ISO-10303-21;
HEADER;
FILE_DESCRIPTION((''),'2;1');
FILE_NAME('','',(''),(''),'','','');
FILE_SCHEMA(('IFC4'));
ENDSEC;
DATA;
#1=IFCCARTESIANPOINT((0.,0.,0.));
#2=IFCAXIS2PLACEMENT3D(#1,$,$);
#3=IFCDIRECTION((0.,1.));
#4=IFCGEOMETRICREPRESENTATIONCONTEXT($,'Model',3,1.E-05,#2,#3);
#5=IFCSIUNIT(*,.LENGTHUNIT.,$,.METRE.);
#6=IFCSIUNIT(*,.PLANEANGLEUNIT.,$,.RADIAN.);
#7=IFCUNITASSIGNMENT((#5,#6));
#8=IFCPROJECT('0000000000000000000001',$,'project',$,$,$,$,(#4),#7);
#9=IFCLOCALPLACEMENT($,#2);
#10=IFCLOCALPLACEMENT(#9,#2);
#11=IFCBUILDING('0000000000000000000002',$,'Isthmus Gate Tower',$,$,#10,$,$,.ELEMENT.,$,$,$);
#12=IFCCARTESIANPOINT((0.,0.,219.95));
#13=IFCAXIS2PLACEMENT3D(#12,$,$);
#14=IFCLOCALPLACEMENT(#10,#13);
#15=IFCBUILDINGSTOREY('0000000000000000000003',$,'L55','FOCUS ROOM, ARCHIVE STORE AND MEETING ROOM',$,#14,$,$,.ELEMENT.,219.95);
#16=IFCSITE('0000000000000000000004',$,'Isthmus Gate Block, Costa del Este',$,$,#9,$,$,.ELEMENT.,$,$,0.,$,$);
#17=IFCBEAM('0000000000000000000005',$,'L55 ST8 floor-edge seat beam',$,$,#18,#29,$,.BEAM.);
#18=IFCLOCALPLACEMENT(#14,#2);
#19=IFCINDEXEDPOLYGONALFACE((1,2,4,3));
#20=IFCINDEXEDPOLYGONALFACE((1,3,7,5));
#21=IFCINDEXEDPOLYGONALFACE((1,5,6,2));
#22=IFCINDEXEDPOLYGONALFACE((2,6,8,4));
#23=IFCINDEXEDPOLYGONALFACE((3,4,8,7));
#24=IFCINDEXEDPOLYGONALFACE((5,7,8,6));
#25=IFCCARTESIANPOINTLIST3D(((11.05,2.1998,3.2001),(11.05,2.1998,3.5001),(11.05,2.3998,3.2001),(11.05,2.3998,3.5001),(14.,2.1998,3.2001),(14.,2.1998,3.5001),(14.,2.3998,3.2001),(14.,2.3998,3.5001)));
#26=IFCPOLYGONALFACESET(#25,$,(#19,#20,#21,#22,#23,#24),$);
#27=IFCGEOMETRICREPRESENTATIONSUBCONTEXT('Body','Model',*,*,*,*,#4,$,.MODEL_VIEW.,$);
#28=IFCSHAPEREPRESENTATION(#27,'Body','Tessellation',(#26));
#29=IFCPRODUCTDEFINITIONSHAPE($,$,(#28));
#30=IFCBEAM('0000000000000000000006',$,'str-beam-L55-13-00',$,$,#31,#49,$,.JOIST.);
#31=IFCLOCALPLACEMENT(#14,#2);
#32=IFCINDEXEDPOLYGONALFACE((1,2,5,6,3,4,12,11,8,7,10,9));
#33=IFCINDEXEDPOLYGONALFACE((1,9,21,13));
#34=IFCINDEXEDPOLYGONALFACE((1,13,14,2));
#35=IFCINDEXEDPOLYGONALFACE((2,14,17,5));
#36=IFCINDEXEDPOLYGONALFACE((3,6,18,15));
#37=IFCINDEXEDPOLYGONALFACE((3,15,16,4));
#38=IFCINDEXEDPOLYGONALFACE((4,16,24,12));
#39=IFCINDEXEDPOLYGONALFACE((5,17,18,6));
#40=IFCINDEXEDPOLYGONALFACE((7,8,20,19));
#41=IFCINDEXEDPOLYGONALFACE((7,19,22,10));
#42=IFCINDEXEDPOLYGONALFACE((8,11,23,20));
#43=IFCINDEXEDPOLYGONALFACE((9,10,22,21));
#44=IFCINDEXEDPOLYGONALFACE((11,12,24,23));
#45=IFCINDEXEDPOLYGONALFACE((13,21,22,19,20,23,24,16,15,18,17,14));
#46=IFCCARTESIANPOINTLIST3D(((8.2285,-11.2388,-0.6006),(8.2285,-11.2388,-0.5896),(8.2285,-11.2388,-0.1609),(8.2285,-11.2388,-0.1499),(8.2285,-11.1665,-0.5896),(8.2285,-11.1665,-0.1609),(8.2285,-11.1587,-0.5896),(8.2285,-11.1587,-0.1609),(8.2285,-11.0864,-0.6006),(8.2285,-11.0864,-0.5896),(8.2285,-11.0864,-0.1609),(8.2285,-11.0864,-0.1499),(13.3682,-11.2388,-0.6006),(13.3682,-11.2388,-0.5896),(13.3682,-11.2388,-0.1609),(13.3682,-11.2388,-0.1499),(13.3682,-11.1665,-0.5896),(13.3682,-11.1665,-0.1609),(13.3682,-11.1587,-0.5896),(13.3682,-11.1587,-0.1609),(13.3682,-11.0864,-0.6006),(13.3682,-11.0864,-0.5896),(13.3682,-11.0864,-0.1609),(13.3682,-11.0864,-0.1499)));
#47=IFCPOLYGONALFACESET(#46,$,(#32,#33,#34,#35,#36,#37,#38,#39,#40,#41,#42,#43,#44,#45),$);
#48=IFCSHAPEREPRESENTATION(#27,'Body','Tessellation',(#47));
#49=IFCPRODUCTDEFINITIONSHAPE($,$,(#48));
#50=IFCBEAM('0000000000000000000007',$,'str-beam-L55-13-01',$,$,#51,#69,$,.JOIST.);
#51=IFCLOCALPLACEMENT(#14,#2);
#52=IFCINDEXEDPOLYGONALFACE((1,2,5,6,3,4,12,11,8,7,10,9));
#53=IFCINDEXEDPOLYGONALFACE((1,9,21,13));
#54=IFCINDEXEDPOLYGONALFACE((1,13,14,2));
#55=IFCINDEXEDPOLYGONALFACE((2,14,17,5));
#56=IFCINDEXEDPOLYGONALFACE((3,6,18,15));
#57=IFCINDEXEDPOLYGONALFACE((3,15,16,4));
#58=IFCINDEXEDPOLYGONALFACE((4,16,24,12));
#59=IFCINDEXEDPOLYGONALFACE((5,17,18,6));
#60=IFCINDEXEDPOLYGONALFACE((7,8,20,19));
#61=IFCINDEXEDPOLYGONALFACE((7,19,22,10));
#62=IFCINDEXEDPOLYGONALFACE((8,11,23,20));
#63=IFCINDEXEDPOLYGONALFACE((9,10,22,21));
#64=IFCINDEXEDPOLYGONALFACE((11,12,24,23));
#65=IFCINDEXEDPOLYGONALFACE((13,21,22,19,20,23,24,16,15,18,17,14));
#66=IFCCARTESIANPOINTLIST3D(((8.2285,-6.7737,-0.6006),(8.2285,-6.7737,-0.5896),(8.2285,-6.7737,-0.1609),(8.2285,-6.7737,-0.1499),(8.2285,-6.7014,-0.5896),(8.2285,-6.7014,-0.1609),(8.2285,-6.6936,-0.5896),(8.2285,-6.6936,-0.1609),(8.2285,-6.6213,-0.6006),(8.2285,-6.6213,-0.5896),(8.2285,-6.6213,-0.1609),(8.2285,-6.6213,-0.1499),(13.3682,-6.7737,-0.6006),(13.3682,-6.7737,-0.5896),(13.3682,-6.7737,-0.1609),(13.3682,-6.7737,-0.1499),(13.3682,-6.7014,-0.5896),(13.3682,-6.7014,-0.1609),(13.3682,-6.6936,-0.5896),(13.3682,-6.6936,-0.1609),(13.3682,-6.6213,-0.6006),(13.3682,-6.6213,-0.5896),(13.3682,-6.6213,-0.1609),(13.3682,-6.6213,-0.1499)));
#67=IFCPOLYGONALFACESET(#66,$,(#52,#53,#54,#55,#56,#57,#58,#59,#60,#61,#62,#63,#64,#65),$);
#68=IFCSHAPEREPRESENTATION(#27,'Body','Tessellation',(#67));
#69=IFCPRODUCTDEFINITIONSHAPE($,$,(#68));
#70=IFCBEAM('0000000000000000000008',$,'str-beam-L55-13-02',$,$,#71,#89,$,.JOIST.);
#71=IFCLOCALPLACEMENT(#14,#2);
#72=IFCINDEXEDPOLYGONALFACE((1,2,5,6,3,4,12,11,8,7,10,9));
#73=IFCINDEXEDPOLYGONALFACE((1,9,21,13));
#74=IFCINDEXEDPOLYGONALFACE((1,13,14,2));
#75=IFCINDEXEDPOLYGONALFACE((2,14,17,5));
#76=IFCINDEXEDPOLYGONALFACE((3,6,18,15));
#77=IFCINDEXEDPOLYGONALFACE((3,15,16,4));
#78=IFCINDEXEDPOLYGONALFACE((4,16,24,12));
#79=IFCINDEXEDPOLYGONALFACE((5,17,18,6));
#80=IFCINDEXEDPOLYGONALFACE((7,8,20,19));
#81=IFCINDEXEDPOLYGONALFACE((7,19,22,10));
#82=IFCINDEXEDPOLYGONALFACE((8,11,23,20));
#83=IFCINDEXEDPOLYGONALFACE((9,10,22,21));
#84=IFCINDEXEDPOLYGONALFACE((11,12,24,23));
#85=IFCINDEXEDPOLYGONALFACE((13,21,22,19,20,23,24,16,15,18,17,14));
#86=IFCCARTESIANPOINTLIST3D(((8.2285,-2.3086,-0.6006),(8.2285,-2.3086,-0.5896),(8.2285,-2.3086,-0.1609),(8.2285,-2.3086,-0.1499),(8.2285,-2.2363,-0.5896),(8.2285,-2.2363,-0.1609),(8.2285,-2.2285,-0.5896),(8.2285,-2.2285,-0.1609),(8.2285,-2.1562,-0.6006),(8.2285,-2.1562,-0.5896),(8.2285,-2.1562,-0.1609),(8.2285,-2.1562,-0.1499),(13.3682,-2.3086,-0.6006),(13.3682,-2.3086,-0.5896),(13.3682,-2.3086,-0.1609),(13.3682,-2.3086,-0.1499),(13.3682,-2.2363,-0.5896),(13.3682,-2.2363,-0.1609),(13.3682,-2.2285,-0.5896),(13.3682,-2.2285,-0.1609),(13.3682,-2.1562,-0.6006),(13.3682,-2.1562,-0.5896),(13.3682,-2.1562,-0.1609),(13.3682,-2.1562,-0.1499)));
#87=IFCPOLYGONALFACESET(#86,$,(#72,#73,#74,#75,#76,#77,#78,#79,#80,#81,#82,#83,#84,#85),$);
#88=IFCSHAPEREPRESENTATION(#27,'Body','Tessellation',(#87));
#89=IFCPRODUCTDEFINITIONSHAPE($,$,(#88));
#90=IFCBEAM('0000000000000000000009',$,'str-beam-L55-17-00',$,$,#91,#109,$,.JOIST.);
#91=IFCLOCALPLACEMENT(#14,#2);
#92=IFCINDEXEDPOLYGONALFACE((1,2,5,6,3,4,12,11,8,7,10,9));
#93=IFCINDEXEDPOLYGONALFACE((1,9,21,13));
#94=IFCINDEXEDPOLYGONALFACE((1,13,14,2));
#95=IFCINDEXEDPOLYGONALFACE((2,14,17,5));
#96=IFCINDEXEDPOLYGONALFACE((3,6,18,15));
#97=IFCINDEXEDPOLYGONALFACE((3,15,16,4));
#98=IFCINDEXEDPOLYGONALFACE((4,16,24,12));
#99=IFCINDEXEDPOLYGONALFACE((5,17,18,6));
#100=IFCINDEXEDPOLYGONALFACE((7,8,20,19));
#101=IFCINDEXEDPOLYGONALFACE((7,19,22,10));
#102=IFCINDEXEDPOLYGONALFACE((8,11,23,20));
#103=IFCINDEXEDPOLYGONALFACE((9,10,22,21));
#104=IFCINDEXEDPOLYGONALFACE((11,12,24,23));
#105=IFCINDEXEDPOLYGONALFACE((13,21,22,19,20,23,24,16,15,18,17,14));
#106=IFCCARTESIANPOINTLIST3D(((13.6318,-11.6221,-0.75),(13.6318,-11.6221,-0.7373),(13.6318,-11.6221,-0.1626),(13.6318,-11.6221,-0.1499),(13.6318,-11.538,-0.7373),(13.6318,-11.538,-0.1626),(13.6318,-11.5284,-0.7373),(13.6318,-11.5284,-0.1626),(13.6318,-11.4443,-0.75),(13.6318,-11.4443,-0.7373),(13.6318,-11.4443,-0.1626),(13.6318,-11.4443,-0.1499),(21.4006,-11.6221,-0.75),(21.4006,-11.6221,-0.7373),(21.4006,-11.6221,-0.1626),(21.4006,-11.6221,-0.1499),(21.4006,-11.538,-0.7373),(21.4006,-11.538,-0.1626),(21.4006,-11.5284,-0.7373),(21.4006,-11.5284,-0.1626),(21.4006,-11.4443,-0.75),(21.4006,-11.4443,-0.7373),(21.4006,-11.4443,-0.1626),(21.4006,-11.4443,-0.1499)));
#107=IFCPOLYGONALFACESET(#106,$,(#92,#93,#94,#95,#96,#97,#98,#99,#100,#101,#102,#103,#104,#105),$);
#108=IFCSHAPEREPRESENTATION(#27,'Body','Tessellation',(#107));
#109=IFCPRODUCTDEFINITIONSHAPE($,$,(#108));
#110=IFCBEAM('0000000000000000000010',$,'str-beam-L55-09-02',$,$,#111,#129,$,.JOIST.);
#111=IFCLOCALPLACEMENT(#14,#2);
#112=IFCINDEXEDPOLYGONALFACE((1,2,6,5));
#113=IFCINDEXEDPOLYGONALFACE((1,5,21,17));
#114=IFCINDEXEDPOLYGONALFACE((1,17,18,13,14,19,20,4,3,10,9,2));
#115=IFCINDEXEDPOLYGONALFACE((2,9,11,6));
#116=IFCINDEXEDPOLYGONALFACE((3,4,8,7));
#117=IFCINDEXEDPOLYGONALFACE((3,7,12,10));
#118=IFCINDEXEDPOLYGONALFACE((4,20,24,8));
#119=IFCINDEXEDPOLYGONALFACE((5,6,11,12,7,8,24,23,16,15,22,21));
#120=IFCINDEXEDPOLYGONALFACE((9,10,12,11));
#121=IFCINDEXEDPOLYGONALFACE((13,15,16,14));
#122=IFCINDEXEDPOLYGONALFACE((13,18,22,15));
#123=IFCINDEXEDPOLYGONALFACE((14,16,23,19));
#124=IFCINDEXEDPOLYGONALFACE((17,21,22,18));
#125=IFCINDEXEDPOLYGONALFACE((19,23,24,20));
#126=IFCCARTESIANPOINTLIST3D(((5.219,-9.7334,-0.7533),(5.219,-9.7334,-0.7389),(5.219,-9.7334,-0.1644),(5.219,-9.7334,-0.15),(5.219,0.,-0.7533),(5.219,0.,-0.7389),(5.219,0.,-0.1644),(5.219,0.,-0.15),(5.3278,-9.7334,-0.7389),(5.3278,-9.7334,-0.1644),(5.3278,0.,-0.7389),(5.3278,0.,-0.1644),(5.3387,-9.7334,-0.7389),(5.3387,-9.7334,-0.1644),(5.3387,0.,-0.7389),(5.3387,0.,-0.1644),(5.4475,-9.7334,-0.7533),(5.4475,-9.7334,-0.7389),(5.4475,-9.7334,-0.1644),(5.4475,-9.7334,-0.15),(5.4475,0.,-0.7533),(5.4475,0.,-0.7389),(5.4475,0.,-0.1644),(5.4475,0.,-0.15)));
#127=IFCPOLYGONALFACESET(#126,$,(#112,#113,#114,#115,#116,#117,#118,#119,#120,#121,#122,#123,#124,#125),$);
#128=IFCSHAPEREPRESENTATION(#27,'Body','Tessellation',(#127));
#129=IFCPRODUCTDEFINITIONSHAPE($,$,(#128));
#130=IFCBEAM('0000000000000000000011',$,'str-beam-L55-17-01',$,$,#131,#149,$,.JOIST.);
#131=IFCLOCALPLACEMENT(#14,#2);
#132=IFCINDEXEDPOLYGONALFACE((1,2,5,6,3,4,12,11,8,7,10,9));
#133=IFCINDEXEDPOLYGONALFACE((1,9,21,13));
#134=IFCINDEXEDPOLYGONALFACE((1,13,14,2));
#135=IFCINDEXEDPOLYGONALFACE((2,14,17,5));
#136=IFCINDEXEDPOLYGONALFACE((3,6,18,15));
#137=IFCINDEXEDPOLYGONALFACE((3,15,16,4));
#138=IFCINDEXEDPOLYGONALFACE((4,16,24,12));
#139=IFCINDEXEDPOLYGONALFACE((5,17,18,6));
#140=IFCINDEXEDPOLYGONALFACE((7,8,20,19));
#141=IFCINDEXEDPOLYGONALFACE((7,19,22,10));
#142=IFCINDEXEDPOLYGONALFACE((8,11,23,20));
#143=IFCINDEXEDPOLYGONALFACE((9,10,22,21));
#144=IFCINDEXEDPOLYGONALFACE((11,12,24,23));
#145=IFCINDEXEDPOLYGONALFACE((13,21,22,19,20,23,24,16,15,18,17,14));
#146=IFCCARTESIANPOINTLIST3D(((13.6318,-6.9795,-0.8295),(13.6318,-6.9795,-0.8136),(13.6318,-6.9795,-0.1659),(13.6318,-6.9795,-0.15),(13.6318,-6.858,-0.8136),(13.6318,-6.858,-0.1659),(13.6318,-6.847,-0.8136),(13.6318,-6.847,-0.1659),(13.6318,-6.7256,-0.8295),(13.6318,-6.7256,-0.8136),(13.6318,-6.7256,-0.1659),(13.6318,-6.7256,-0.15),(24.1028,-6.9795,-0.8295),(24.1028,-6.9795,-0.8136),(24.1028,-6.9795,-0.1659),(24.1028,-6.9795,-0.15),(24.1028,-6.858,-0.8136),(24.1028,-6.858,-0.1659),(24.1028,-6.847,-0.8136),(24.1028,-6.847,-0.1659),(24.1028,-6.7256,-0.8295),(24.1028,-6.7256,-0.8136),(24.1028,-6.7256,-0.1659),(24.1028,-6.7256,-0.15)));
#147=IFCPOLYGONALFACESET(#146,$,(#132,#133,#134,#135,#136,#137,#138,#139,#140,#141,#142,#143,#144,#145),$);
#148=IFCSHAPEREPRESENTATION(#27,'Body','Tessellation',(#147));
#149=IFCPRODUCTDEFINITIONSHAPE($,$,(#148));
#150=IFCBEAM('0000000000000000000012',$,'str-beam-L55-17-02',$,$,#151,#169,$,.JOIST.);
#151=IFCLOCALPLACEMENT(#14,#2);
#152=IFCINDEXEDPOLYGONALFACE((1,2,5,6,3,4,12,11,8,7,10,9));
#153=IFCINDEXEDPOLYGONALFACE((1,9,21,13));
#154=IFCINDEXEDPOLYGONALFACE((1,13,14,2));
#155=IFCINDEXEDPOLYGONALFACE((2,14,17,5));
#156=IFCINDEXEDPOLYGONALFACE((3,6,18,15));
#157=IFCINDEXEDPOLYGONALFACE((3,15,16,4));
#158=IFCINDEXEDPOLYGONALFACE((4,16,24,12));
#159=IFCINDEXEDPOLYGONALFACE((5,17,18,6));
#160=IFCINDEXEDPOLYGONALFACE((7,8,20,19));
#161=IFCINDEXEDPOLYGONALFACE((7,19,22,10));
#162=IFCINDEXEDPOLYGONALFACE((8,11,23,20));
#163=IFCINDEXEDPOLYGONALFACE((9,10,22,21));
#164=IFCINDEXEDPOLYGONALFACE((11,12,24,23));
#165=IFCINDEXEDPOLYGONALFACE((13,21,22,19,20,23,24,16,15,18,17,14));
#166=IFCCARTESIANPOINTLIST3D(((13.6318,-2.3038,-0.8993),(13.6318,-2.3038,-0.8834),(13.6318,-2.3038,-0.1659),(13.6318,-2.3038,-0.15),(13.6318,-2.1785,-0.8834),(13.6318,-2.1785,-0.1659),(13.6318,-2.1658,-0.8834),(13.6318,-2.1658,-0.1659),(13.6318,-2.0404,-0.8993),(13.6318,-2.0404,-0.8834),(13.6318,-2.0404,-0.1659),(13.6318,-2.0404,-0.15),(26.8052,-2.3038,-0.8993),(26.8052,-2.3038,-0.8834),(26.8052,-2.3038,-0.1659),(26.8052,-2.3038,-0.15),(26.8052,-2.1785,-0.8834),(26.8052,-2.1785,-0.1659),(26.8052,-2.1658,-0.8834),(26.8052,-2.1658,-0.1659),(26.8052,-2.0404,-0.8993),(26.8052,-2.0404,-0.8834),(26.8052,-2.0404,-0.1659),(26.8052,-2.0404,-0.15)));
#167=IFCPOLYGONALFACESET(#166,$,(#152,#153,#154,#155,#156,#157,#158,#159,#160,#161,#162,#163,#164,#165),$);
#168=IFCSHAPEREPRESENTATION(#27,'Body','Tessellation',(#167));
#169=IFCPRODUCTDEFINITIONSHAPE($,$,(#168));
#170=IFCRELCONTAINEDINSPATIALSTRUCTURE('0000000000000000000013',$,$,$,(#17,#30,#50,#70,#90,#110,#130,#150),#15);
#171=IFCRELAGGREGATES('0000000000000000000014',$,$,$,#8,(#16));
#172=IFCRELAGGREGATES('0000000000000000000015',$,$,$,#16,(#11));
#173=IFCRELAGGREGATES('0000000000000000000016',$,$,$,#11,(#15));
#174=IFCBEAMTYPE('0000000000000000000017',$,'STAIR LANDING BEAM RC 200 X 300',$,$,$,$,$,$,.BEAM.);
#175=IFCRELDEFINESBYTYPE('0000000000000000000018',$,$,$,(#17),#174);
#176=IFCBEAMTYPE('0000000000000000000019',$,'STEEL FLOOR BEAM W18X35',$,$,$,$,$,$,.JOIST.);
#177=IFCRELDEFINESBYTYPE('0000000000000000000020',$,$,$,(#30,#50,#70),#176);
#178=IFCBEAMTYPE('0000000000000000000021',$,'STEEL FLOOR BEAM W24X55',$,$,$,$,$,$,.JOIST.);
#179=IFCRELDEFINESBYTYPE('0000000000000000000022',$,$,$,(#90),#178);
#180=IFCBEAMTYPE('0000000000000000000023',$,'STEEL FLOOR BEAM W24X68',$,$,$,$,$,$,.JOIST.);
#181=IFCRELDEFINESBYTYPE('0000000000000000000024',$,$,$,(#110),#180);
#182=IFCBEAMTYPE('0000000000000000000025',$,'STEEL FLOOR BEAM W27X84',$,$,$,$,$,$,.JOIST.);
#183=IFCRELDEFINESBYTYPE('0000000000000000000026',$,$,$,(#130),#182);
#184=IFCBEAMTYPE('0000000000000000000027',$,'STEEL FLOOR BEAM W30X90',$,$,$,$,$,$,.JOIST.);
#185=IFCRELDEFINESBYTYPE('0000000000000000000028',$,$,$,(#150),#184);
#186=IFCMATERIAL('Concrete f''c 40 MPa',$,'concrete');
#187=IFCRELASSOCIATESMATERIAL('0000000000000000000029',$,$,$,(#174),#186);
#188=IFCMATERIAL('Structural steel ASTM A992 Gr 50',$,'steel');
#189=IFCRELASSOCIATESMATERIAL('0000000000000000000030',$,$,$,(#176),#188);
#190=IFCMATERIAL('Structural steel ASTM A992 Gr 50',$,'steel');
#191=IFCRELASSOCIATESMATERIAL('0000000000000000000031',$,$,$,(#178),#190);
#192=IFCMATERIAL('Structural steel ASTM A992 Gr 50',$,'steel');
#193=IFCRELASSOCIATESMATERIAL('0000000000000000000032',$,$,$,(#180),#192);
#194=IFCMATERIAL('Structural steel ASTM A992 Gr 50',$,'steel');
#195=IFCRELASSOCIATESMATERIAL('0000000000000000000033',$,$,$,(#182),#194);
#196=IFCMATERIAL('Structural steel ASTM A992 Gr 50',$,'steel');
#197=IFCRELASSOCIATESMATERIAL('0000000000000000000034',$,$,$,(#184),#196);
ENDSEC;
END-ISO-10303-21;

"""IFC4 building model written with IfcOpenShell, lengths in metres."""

from ifc_helpers import new_model, si_unit, direction, frame, origin, origin_2d, place, context, subcontext, project, spatial, rectangle, i_section, extrude, material, material_profile, profile_set, type_object, element, save


model = new_model("IFC4")

# Units and contexts
model_context = context("Model", 3, precision=1e-05, world=origin(), true_north=direction((0.0, 1.0)))
body_context = subcontext(model_context, "Body", "Model", "MODEL_VIEW")
ifc_project = project(units=[si_unit("LENGTHUNIT", "METRE"), si_unit("PLANEANGLEUNIT", "RADIAN")], contexts=[model_context])

# Site, building, storey
site_placement = place(None, origin())
site = spatial("IfcSite", under=ifc_project, at=site_placement, Name="Isthmus Gate Block, Costa del Este", CompositionType="ELEMENT", RefElevation=0.0)
building_placement = place(site_placement, origin())
building = spatial("IfcBuilding", under=site, at=building_placement, Name="Isthmus Gate Tower", CompositionType="ELEMENT")
storey_placement = place(building_placement, frame((0.0, 0.0, 219.95)))
storey = spatial("IfcBuildingStorey", under=building, at=storey_placement, Name="L55", Description="FOCUS ROOM, ARCHIVE STORE AND MEETING ROOM", CompositionType="ELEMENT", Elevation=219.95)

# Beams
ifc_material_1 = material(Name="Concrete f'c 40 MPa", Category="concrete")
ifc_material_profile_1 = material_profile(ifc_material_1, rectangle(XDim=0.2, YDim=0.3, at=origin_2d()), Name="STAIR LANDING BEAM RC 200 X 300")
ifc_profile_set_1 = profile_set([ifc_material_profile_1], Name="Concrete f'c 40 MPa")
beam_type_1 = type_object("IfcBeamType", Name="STAIR LANDING BEAM RC 200 X 300", PredefinedType="BEAM", material=ifc_profile_set_1)
beam_1_placement = place(storey_placement, frame((11.05, 2.2998, 3.3501), z_axis=(1.0, 0.0, 0.0), x_axis=(0.0, 1.0, 0.0)))
element("IfcBeam", 1, at=beam_1_placement, inside=storey, type_object=beam_type_1, Name="L55 ST8 floor-edge seat beam", PredefinedType="BEAM", context=body_context, shape_type="SweptSolid", body=[
    extrude(rectangle(XDim=0.2, YDim=0.3, at=origin_2d()), origin(), (0.0, 0.0, 1.0), 2.95),
])
ifc_material_2 = material(Name="Structural steel ASTM A992 Gr 50", Category="steel")
ifc_material_profile_2 = material_profile(ifc_material_2, i_section(OverallWidth=0.1523, OverallDepth=0.4507, WebThickness=0.0078, FlangeThickness=0.011, at=origin_2d()), Name="W18X35")
ifc_profile_set_2 = profile_set([ifc_material_profile_2], Name="Structural steel ASTM A992 Gr 50")
beam_type_2 = type_object("IfcBeamType", Name="STEEL FLOOR BEAM W18X35", PredefinedType="JOIST", material=ifc_profile_set_2)
for number, where, z_axis, x_axis, name in (
    (2, (8.2285, -11.1626, -0.3752), (1.0, 0.0, 0.0), (0.0, 1.0, 0.0), "str-beam-L55-13-00"),
    (3, (8.2285, -6.6975, -0.3752), (1.0, 0.0, 0.0), (0.0, 1.0, 0.0), "str-beam-L55-13-01"),
    (4, (8.2285, -2.2324, -0.3752), (1.0, 0.0, 0.0), (0.0, 1.0, 0.0), "str-beam-L55-13-02"),
):
    element("IfcBeam", number, at=place(storey_placement, frame(where, z_axis=z_axis, x_axis=x_axis)), inside=storey, type_object=beam_type_2, Name=name, PredefinedType="JOIST", context=body_context, shape_type="SweptSolid", body=[
        extrude(i_section(OverallWidth=0.1523, OverallDepth=0.4507, WebThickness=0.0078, FlangeThickness=0.011, at=origin_2d()), origin(), (0.0, 0.0, 1.0), 5.1396),
    ])
ifc_material_3 = material(Name="Structural steel ASTM A992 Gr 50", Category="steel")
ifc_material_profile_3 = material_profile(ifc_material_3, i_section(OverallWidth=0.1777, OverallDepth=0.6001, WebThickness=0.0095, FlangeThickness=0.0127, at=origin_2d()), Name="W24X55")
ifc_profile_set_3 = profile_set([ifc_material_profile_3], Name="Structural steel ASTM A992 Gr 50")
beam_type_3 = type_object("IfcBeamType", Name="STEEL FLOOR BEAM W24X55", PredefinedType="JOIST", material=ifc_profile_set_3)
beam_2_placement = place(storey_placement, frame((13.6318, -11.5332, -0.45), z_axis=(1.0, 0.0, 0.0), x_axis=(0.0, 1.0, 0.0)))
element("IfcBeam", 5, at=beam_2_placement, inside=storey, type_object=beam_type_3, Name="str-beam-L55-17-00", PredefinedType="JOIST", context=body_context, shape_type="SweptSolid", body=[
    extrude(i_section(OverallWidth=0.1777, OverallDepth=0.6001, WebThickness=0.0095, FlangeThickness=0.0127, at=origin_2d()), origin(), (0.0, 0.0, 1.0), 7.7688),
])
ifc_material_4 = material(Name="Structural steel ASTM A992 Gr 50", Category="steel")
ifc_material_profile_4 = material_profile(ifc_material_4, i_section(OverallWidth=0.2285, OverallDepth=0.6033, WebThickness=0.011, FlangeThickness=0.0144, at=origin_2d()), Name="W24X68")
ifc_profile_set_4 = profile_set([ifc_material_profile_4], Name="Structural steel ASTM A992 Gr 50")
beam_type_4 = type_object("IfcBeamType", Name="STEEL FLOOR BEAM W24X68", PredefinedType="JOIST", material=ifc_profile_set_4)
beam_3_placement = place(storey_placement, frame((5.3333, -9.7334, -0.4517), z_axis=(0.0, 1.0, 0.0), x_axis=(-1.0, 0.0, 0.0)))
element("IfcBeam", 6, at=beam_3_placement, inside=storey, type_object=beam_type_4, Name="str-beam-L55-09-02", PredefinedType="JOIST", context=body_context, shape_type="SweptSolid", body=[
    extrude(i_section(OverallWidth=0.2285, OverallDepth=0.6033, WebThickness=0.011, FlangeThickness=0.0144, at=origin_2d()), origin(), (0.0, 0.0, 1.0), 9.7334),
])
ifc_material_5 = material(Name="Structural steel ASTM A992 Gr 50", Category="steel")
ifc_material_profile_5 = material_profile(ifc_material_5, i_section(OverallWidth=0.2539, OverallDepth=0.6794, WebThickness=0.011, FlangeThickness=0.0159, at=origin_2d()), Name="W27X84")
ifc_profile_set_5 = profile_set([ifc_material_profile_5], Name="Structural steel ASTM A992 Gr 50")
beam_type_5 = type_object("IfcBeamType", Name="STEEL FLOOR BEAM W27X84", PredefinedType="JOIST", material=ifc_profile_set_5)
beam_4_placement = place(storey_placement, frame((13.6318, -6.8525, -0.4897), z_axis=(1.0, 0.0, 0.0), x_axis=(0.0, 1.0, 0.0)))
element("IfcBeam", 7, at=beam_4_placement, inside=storey, type_object=beam_type_5, Name="str-beam-L55-17-01", PredefinedType="JOIST", context=body_context, shape_type="SweptSolid", body=[
    extrude(i_section(OverallWidth=0.2539, OverallDepth=0.6794, WebThickness=0.011, FlangeThickness=0.0159, at=origin_2d()), origin(), (0.0, 0.0, 1.0), 10.4709),
])
ifc_material_6 = material(Name="Structural steel ASTM A992 Gr 50", Category="steel")
ifc_material_profile_6 = material_profile(ifc_material_6, i_section(OverallWidth=0.2634, OverallDepth=0.7493, WebThickness=0.0127, FlangeThickness=0.0159, at=origin_2d()), Name="W30X90")
ifc_profile_set_6 = profile_set([ifc_material_profile_6], Name="Structural steel ASTM A992 Gr 50")
beam_type_6 = type_object("IfcBeamType", Name="STEEL FLOOR BEAM W30X90", PredefinedType="JOIST", material=ifc_profile_set_6)
beam_5_placement = place(storey_placement, frame((13.6318, -2.1721, -0.5247), z_axis=(1.0, 0.0, 0.0), x_axis=(0.0, 1.0, 0.0)))
element("IfcBeam", 8, at=beam_5_placement, inside=storey, type_object=beam_type_6, Name="str-beam-L55-17-02", PredefinedType="JOIST", context=body_context, shape_type="SweptSolid", body=[
    extrude(i_section(OverallWidth=0.2634, OverallDepth=0.7493, WebThickness=0.0127, FlangeThickness=0.0159, at=origin_2d()), origin(), (0.0, 0.0, 1.0), 13.1733),
])

save(model, "model.ifc")
